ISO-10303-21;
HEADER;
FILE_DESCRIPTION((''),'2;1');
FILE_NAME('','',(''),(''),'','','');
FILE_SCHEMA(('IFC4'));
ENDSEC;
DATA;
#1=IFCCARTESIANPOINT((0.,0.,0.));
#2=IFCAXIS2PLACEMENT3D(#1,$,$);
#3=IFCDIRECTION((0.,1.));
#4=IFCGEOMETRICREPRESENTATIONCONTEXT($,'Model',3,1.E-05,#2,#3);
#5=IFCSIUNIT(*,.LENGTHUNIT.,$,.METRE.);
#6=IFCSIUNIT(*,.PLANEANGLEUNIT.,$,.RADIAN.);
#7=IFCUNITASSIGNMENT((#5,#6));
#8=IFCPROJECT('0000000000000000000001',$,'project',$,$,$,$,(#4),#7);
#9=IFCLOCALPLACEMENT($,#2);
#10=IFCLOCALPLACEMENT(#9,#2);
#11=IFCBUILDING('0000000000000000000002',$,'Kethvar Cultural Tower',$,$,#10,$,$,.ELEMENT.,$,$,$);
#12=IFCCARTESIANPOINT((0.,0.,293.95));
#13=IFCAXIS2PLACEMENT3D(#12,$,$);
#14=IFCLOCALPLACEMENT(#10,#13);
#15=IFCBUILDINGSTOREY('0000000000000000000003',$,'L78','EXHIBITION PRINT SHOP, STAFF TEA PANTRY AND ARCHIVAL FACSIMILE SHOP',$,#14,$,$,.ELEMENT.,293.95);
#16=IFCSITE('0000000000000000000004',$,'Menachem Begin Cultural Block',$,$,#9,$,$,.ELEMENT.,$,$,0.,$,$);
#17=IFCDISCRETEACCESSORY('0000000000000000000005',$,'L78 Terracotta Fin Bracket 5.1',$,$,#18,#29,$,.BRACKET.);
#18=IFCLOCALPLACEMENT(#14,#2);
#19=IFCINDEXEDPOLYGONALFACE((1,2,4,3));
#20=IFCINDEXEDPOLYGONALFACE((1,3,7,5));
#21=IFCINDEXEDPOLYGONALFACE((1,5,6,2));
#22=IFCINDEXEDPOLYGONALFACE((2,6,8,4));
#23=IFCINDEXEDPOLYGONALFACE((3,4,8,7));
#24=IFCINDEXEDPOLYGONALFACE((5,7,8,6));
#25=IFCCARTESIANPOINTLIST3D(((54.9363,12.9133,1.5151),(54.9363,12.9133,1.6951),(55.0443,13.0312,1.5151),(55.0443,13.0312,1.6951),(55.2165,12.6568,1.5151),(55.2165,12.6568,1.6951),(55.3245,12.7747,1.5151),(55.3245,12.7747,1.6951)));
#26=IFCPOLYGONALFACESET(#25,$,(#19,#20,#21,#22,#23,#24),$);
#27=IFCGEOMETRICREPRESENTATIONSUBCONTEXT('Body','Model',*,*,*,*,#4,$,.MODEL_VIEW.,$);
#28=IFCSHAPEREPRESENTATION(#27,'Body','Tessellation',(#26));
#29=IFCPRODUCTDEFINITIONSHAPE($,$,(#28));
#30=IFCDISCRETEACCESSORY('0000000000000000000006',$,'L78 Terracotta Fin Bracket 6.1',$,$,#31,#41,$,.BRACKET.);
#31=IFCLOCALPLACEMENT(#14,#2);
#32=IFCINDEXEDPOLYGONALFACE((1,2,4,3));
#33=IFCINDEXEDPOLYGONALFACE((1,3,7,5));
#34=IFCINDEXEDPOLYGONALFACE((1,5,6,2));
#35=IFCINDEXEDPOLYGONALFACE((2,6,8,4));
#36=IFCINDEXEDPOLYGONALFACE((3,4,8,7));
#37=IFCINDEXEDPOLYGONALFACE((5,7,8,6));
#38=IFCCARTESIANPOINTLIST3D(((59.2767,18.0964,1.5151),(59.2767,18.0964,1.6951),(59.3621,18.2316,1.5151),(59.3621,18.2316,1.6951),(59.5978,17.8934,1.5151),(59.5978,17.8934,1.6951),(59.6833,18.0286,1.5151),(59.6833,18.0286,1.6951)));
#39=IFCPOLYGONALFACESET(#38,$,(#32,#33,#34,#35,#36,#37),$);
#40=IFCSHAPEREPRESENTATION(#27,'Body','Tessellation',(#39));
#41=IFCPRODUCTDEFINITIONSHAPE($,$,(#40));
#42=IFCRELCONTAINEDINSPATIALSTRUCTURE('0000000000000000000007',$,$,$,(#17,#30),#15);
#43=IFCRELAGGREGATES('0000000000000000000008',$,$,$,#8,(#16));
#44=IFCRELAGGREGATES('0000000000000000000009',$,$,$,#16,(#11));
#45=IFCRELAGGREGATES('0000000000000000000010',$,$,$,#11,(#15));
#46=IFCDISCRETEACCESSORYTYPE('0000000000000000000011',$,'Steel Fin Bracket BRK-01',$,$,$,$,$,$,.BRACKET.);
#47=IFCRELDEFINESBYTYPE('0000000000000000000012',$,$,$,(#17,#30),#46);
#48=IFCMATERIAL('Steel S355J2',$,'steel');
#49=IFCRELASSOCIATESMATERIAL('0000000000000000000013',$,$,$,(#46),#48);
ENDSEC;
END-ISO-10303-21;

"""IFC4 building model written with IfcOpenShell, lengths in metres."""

from ifc_helpers import new_model, si_unit, direction, frame, origin, origin_2d, place, context, subcontext, project, spatial, rectangle, extrude, source, transform, mapped, material, type_object, element, save


model = new_model("IFC4")

# Units and contexts
model_context = context("Model", 3, precision=1e-05, world=origin(), true_north=direction((0.0, 1.0)))
body_context = subcontext(model_context, "Body", "Model", "MODEL_VIEW")
ifc_project = project(units=[si_unit("LENGTHUNIT", "METRE"), si_unit("PLANEANGLEUNIT", "RADIAN")], contexts=[model_context])

# Site, building, storey
site_placement = place(None, origin())
site = spatial("IfcSite", under=ifc_project, at=site_placement, Name="Menachem Begin Cultural Block", CompositionType="ELEMENT", RefElevation=0.0)
building_placement = place(site_placement, origin())
building = spatial("IfcBuilding", under=site, at=building_placement, Name="Kethvar Cultural Tower", CompositionType="ELEMENT")
storey_placement = place(building_placement, frame((0.0, 0.0, 293.95)))
storey = spatial("IfcBuildingStorey", under=building, at=storey_placement, Name="L78", Description="EXHIBITION PRINT SHOP, STAFF TEA PANTRY AND ARCHIVAL FACSIMILE SHOP", CompositionType="ELEMENT", Elevation=293.95)

# Shared definitions
ifc_material_1 = material(Name="Steel S355J2", Category="steel")

# Discrete accessories
discrete_accessory_type = type_object("IfcDiscreteAccessoryType", Name="Steel Fin Bracket BRK-01", PredefinedType="BRACKET", material=ifc_material_1)
shared_shape_1 = source(origin(), body_context, "Body", "SweptSolid", [
    extrude(rectangle(XDim=0.3799, YDim=0.1599, at=origin_2d()), origin(), (0.0, 0.0, 1.0), 0.1799),
])
for number, where, z_axis, x_axis, name in (
    (1, (55.1304, 12.844, 1.5151), (0.0, 0.0, 1.0), (0.737513, -0.675333, 0.0), "L78 Terracotta Fin Bracket 5.1"),
    (2, (59.48, 18.0625, 1.5151), (0.0, 0.0, 1.0), (0.845355, -0.534205, 0.0), "L78 Terracotta Fin Bracket 6.1"),
):
    element("IfcDiscreteAccessory", number, at=place(storey_placement, frame(where, z_axis=z_axis, x_axis=x_axis)), inside=storey, type_object=discrete_accessory_type, Name=name, PredefinedType="BRACKET", context=body_context, shape_type="MappedRepresentation", body=[
        mapped(shared_shape_1, transform((0.0, 0.0, 0.0), scale=1.0)),
    ])

save(model, "model.ifc")
